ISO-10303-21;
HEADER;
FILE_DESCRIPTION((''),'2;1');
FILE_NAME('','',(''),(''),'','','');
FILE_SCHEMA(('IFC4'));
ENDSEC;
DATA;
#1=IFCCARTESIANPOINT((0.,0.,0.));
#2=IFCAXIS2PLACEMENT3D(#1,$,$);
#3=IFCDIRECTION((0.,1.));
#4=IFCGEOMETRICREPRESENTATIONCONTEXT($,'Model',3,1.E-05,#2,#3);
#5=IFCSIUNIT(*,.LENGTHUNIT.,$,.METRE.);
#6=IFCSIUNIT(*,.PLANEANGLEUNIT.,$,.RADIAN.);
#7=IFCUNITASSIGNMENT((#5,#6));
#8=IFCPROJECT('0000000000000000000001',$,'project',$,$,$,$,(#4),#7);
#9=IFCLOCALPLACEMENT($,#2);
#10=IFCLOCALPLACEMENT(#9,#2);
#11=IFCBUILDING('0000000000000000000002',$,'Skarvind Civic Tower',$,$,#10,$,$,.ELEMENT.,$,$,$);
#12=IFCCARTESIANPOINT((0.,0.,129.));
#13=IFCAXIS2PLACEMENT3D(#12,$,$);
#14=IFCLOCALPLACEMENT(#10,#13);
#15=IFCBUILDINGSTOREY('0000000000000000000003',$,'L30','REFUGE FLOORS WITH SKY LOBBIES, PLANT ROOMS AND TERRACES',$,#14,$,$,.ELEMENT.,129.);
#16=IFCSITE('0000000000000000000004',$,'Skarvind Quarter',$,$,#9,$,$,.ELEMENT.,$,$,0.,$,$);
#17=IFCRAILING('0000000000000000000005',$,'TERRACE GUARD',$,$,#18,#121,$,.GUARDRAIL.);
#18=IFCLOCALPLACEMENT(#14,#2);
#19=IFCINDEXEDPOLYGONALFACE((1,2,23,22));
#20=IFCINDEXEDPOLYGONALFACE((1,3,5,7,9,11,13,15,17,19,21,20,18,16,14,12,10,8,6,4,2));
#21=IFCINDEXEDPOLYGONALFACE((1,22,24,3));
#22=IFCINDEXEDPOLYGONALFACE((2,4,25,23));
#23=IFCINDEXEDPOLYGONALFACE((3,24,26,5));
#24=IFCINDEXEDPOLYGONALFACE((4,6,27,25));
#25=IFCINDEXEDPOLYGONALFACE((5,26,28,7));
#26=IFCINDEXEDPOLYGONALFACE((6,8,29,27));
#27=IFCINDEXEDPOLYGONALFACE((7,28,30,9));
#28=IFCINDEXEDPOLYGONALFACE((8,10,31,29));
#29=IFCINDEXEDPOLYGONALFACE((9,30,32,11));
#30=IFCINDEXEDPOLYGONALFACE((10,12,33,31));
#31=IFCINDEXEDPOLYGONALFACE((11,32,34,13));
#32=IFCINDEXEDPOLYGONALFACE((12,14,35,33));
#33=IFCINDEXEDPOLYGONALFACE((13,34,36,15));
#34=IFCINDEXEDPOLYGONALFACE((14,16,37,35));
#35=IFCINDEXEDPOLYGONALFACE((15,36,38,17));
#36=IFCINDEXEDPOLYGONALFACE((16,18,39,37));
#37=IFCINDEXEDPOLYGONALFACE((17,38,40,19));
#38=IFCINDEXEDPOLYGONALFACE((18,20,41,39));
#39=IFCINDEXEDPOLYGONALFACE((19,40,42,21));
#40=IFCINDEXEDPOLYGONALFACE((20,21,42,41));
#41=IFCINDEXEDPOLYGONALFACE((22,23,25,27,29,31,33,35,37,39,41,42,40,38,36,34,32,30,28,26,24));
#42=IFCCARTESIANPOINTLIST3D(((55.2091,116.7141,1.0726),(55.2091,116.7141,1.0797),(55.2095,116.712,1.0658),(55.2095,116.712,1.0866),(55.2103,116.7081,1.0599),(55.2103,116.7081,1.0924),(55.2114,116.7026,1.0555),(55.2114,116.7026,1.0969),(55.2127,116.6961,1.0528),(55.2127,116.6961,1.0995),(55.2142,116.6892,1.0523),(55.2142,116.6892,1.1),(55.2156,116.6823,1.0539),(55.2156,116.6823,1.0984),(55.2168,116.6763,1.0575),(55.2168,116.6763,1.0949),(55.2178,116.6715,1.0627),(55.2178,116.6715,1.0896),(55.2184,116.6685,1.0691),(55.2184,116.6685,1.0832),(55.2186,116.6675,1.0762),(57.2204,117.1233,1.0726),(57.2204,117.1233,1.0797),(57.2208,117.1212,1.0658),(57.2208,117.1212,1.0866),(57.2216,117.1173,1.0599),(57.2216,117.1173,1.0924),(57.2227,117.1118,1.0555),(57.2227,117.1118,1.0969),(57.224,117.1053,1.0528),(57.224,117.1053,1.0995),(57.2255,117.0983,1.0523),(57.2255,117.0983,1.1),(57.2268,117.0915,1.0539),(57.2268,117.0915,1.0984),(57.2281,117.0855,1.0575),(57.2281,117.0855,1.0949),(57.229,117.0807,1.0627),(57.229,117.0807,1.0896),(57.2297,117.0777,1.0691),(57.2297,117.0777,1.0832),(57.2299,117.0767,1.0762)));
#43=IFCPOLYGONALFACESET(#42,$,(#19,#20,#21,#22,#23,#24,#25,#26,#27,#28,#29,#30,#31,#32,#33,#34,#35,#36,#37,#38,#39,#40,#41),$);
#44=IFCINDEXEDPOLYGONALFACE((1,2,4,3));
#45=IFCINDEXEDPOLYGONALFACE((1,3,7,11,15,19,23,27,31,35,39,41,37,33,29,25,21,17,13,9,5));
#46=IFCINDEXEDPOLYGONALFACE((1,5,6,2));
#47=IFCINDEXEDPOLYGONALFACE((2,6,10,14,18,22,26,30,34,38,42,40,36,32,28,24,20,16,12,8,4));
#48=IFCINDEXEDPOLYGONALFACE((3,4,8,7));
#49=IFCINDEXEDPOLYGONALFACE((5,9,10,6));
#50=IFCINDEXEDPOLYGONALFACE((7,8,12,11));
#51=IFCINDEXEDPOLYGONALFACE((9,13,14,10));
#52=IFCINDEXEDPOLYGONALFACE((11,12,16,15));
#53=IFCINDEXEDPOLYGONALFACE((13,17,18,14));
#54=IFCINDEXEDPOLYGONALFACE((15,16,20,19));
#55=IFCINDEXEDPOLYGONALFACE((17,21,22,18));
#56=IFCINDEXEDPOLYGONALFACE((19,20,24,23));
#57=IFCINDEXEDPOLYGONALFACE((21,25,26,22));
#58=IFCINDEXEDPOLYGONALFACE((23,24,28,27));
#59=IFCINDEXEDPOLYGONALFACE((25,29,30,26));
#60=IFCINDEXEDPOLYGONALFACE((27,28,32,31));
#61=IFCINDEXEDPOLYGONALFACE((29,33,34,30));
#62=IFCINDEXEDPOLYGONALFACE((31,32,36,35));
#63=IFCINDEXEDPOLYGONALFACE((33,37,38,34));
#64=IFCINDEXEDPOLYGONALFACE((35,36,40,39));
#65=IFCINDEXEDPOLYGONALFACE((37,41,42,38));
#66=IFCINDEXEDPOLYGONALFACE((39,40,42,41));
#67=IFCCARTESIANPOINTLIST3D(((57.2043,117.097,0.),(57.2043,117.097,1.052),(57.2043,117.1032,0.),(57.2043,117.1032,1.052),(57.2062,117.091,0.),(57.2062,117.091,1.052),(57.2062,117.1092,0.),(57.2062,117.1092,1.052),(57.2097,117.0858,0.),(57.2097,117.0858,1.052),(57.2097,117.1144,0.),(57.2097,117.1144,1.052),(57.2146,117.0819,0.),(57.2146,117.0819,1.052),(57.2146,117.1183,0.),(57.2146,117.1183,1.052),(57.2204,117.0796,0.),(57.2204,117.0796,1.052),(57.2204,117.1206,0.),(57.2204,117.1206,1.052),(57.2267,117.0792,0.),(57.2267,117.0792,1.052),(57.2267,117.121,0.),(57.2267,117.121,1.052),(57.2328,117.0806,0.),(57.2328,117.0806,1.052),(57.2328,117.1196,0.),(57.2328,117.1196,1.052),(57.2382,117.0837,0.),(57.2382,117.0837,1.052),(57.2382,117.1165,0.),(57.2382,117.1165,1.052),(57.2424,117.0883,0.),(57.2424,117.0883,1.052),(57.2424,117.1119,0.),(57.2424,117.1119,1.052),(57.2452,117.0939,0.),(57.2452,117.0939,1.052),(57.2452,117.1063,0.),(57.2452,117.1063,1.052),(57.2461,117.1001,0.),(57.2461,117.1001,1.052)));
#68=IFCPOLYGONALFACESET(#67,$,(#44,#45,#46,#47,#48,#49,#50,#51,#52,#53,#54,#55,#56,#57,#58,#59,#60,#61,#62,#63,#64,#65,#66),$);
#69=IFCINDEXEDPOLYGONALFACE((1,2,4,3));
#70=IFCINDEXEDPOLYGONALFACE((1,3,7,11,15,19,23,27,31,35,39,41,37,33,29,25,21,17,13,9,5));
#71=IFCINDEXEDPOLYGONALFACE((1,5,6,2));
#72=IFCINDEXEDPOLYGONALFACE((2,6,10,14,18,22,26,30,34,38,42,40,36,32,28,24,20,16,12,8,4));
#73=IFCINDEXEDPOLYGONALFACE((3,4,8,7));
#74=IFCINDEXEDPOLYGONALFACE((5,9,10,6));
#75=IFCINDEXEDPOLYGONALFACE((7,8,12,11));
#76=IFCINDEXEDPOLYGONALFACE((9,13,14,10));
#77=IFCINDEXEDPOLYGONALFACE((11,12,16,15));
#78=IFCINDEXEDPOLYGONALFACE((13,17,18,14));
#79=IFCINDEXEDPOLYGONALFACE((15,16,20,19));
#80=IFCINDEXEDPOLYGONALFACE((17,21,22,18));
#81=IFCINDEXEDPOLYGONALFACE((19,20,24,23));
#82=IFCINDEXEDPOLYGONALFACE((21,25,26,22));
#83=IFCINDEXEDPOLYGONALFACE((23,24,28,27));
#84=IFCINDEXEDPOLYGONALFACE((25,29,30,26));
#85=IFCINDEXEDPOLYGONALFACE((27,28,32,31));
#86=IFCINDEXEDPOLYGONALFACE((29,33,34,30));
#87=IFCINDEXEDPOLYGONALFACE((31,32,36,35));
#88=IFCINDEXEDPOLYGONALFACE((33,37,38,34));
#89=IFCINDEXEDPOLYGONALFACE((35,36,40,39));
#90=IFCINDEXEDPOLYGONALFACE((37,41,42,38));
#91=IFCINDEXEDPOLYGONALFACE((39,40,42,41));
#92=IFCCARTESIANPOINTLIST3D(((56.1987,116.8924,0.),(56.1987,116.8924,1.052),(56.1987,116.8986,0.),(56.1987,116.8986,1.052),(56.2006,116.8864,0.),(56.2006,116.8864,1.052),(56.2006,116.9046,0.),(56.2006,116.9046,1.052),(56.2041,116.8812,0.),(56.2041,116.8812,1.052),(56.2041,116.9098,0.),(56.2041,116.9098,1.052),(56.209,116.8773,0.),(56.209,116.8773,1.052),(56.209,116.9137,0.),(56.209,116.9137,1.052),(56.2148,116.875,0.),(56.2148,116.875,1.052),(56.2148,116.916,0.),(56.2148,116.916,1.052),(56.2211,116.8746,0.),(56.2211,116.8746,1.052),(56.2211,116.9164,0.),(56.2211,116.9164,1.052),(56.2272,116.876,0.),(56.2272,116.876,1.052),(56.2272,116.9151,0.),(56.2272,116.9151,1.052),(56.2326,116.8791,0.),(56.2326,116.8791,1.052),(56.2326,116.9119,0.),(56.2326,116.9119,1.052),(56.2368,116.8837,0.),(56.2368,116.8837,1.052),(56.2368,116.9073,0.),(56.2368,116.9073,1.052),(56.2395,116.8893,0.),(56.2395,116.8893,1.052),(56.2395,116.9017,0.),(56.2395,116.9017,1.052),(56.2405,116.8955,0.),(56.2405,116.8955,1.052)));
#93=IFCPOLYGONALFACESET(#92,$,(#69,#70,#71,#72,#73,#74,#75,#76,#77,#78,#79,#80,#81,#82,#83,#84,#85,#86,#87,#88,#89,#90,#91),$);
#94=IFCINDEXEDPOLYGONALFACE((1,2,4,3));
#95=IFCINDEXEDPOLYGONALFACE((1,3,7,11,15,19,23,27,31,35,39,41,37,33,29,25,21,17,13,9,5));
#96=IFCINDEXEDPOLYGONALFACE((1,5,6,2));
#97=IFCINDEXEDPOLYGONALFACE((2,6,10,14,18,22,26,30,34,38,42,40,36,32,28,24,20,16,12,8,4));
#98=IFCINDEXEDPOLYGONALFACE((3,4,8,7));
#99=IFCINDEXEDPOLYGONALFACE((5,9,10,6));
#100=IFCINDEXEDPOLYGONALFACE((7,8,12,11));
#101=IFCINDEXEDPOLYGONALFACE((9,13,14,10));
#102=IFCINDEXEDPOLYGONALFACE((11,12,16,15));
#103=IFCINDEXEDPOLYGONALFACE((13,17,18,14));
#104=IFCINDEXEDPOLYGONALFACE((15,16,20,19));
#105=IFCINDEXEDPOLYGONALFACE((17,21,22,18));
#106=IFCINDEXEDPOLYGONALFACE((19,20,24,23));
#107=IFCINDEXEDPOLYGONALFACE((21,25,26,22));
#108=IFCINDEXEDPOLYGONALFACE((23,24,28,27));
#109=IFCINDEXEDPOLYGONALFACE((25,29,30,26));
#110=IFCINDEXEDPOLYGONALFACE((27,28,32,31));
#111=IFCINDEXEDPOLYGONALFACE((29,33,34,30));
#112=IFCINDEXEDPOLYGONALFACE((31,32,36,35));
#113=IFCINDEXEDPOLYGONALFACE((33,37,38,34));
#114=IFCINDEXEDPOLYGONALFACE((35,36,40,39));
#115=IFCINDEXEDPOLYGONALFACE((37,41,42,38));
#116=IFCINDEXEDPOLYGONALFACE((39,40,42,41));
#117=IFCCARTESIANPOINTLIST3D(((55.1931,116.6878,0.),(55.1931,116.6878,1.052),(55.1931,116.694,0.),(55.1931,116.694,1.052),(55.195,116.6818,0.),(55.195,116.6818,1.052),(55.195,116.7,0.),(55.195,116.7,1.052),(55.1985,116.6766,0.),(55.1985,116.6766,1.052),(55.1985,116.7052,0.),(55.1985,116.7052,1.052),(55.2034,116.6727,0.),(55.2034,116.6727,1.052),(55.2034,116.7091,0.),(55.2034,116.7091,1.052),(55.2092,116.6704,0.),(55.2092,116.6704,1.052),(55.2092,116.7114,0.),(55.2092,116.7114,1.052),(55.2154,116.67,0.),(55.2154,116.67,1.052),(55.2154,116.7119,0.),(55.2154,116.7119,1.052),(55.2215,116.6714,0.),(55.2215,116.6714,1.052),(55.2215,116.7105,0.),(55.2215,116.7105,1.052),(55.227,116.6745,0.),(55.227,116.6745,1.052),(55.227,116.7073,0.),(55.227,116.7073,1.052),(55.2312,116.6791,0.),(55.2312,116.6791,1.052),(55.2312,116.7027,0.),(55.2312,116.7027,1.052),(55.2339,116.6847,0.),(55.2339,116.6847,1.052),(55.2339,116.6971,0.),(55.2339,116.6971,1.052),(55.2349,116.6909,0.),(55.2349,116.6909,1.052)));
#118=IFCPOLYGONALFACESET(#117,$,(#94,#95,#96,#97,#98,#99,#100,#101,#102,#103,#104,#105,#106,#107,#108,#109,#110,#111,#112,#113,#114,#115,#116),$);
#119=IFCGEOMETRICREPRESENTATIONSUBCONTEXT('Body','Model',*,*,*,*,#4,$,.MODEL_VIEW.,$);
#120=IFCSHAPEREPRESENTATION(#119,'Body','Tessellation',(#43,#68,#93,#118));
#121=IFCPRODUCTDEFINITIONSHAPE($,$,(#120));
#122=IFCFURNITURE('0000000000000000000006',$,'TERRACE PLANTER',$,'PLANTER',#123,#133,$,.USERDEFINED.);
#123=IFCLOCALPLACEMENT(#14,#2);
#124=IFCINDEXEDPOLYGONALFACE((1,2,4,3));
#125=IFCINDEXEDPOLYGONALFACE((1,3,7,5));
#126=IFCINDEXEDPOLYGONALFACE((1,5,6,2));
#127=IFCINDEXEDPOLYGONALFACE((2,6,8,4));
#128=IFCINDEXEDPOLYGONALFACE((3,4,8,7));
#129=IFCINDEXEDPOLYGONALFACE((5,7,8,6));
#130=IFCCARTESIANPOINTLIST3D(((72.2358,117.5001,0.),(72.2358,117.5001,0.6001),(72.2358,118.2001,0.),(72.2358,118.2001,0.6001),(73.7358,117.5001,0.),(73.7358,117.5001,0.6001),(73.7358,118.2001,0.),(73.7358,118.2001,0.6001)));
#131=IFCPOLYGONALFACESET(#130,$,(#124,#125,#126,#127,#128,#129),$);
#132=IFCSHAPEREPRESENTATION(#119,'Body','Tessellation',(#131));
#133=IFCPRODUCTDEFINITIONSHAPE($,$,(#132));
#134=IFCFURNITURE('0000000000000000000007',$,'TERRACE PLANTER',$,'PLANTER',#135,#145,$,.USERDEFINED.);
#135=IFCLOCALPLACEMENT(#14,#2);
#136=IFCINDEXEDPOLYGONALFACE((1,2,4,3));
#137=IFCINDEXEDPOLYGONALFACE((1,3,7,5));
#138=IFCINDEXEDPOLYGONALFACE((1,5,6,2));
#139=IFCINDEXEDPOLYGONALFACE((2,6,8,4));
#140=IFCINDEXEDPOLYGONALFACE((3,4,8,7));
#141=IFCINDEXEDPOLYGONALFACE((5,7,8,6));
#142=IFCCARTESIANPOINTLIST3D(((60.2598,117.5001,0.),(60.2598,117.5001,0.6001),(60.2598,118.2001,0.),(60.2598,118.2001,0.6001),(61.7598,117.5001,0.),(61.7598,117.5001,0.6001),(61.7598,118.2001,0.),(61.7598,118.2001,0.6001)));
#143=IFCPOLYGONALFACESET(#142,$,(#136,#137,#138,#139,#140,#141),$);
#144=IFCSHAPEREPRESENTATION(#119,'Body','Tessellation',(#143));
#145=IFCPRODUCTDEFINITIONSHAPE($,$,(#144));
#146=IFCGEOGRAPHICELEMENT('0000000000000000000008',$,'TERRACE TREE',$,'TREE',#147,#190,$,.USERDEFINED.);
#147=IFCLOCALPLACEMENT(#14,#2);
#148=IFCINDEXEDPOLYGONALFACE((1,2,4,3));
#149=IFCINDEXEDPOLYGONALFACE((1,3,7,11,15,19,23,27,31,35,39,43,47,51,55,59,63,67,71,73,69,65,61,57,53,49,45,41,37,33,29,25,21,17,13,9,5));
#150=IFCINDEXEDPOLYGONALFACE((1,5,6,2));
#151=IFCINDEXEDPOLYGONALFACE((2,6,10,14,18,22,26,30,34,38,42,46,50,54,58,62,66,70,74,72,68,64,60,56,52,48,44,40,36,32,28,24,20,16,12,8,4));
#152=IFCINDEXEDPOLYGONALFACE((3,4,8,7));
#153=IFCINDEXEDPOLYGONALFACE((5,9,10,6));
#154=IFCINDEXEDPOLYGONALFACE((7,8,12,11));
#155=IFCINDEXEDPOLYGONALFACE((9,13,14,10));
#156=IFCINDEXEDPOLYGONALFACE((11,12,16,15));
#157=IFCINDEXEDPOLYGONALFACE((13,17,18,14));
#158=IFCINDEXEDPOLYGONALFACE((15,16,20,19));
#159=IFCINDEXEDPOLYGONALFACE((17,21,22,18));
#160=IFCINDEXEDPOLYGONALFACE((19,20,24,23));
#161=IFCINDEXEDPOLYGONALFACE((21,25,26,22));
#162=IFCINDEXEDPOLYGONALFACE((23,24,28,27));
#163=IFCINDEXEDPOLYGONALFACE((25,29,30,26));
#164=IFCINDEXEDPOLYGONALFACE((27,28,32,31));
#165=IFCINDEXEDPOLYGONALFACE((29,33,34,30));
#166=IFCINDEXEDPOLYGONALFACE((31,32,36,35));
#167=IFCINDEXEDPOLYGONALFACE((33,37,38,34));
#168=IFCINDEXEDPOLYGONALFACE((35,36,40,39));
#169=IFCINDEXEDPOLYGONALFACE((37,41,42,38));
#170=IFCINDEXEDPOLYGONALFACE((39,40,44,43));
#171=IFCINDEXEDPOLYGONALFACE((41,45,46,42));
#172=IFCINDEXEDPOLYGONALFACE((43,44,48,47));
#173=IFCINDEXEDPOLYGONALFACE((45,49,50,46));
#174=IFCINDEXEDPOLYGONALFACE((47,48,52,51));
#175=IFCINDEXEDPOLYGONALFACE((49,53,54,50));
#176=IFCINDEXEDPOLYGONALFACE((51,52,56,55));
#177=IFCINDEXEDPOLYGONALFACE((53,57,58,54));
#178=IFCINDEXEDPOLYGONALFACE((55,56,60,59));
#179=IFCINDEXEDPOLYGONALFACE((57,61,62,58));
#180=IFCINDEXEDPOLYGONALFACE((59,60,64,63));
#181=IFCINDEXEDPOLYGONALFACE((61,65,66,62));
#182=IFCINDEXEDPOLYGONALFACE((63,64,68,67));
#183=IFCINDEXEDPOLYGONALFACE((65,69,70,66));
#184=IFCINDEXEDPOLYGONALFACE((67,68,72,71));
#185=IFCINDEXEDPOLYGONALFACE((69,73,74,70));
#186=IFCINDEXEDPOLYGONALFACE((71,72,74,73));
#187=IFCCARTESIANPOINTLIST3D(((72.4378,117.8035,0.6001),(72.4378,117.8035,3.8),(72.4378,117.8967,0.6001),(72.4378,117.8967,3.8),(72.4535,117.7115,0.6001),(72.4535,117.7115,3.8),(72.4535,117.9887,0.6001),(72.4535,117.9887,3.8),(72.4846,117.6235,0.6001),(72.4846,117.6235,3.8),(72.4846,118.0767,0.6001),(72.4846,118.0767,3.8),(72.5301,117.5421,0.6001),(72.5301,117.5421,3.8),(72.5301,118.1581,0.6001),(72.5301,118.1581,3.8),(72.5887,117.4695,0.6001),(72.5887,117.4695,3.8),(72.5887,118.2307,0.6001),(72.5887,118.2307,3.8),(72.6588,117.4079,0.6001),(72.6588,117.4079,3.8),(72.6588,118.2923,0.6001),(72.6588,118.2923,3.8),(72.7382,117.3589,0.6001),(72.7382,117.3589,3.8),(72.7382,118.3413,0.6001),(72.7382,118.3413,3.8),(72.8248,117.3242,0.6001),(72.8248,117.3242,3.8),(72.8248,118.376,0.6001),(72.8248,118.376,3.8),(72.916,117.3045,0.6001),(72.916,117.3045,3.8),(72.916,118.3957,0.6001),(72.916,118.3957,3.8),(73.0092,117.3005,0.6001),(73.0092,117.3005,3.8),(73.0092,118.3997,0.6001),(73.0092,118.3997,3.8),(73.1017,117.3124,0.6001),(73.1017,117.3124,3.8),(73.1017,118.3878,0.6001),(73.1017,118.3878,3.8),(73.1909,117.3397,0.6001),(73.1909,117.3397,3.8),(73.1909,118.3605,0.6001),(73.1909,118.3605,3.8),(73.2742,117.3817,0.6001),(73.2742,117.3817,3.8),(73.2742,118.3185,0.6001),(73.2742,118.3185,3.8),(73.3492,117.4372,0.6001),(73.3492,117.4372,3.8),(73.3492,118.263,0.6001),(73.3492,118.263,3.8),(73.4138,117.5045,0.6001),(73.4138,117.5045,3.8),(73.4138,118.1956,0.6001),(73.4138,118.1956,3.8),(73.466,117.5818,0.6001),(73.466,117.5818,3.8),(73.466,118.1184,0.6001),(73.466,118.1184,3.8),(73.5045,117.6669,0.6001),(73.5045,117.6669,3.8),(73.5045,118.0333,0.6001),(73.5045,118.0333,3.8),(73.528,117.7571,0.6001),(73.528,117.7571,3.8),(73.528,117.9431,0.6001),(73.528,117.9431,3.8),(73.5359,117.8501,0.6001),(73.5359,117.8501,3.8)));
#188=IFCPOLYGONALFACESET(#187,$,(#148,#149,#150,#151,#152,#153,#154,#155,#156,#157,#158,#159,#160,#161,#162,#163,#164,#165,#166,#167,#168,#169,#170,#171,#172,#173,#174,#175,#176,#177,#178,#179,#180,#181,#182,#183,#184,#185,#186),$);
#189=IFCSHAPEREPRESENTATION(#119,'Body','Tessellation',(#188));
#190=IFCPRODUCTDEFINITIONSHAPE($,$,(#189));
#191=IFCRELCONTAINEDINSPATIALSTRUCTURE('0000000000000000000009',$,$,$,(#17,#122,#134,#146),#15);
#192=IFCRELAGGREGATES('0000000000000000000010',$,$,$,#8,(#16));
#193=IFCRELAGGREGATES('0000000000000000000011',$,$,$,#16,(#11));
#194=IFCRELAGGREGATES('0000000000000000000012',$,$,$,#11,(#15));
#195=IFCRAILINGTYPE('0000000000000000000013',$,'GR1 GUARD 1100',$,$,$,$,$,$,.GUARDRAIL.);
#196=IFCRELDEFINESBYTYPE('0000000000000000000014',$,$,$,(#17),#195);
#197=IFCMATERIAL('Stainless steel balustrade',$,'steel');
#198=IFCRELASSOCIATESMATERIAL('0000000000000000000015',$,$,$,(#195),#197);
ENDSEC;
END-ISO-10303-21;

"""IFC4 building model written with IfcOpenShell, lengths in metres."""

from ifc_helpers import new_model, si_unit, direction, frame, origin, origin_2d, place, context, subcontext, project, spatial, rectangle, circle, extrude, material, type_object, element, save


model = new_model("IFC4")

# Units and contexts
model_context = context("Model", 3, precision=1e-05, world=origin(), true_north=direction((0.0, 1.0)))
body_context = subcontext(model_context, "Body", "Model", "MODEL_VIEW")
ifc_project = project(units=[si_unit("LENGTHUNIT", "METRE"), si_unit("PLANEANGLEUNIT", "RADIAN")], contexts=[model_context])

# Site, building, storey
site_placement = place(None, origin())
site = spatial("IfcSite", under=ifc_project, at=site_placement, Name="Skarvind Quarter", CompositionType="ELEMENT", RefElevation=0.0)
building_placement = place(site_placement, origin())
building = spatial("IfcBuilding", under=site, at=building_placement, Name="Skarvind Civic Tower", CompositionType="ELEMENT")
storey_placement = place(building_placement, frame((0.0, 0.0, 129.0)))
storey = spatial("IfcBuildingStorey", under=building, at=storey_placement, Name="L30", Description="REFUGE FLOORS WITH SKY LOBBIES, PLANT ROOMS AND TERRACES", CompositionType="ELEMENT", Elevation=129.0)

# Railing
ifc_material_1 = material(Name="Stainless steel balustrade", Category="steel")
railing_type = type_object("IfcRailingType", Name="GR1 GUARD 1100", PredefinedType="GUARDRAIL", material=ifc_material_1)
railing_1_placement = place(storey_placement, frame((57.2251, 117.1001, 0.0)))
element("IfcRailing", 1, at=railing_1_placement, inside=storey, type_object=railing_type, Name="TERRACE GUARD", PredefinedType="GUARDRAIL", context=body_context, shape_type="SweptSolid", body=[
    extrude(circle(Radius=0.0239, at=origin_2d()), frame((0.0, 0.0, 1.0762), z_axis=(-0.979926, -0.199363, 0.0), x_axis=(0.199363, -0.979926, 0.0)), (0.0, 0.0, 1.0), 2.0525),
    extrude(circle(Radius=0.021, at=origin_2d()), origin(), (0.0, 0.0, 1.0), 1.052),
    extrude(circle(Radius=0.021, at=origin_2d()), frame((-1.0056, -0.2046, 0.0)), (0.0, 0.0, 1.0), 1.052),
    extrude(circle(Radius=0.021, at=origin_2d()), frame((-2.0112, -0.4092, 0.0)), (0.0, 0.0, 1.0), 1.052),
])

# Furniture
for number, where, z_axis, x_axis, name in (
    (2, (72.9858, 117.8501, 0.0), (0.0, 0.0, 1.0), (-1.0, 0.0, 0.0), "TERRACE PLANTER"),
    (3, (61.0098, 117.8501, 0.0), (0.0, 0.0, 1.0), (-1.0, 0.0, 0.0), "TERRACE PLANTER"),
):
    element("IfcFurniture", number, at=place(storey_placement, frame(where, z_axis=z_axis, x_axis=x_axis)), inside=storey, Name=name, ObjectType="PLANTER", PredefinedType="USERDEFINED", context=body_context, shape_type="SweptSolid", body=[
        extrude(rectangle(XDim=1.5, YDim=0.7, at=origin_2d()), origin(), (0.0, 0.0, 1.0), 0.6001),
    ])

# Geographic element
for number, where, z_axis, x_axis, name in (
    (4, (72.9858, 117.8501, 0.6001), (0.0, 0.0, 1.0), (1.0, 0.0, 0.0), "TERRACE TREE"),
):
    element("IfcGeographicElement", number, at=place(storey_placement, frame(where, z_axis=z_axis, x_axis=x_axis)), inside=storey, Name=name, ObjectType="TREE", PredefinedType="USERDEFINED", context=body_context, shape_type="SweptSolid", body=[
        extrude(circle(Radius=0.55, at=origin_2d()), origin(), (0.0, 0.0, 1.0), 3.2),
    ])

save(model, "model.ifc")
